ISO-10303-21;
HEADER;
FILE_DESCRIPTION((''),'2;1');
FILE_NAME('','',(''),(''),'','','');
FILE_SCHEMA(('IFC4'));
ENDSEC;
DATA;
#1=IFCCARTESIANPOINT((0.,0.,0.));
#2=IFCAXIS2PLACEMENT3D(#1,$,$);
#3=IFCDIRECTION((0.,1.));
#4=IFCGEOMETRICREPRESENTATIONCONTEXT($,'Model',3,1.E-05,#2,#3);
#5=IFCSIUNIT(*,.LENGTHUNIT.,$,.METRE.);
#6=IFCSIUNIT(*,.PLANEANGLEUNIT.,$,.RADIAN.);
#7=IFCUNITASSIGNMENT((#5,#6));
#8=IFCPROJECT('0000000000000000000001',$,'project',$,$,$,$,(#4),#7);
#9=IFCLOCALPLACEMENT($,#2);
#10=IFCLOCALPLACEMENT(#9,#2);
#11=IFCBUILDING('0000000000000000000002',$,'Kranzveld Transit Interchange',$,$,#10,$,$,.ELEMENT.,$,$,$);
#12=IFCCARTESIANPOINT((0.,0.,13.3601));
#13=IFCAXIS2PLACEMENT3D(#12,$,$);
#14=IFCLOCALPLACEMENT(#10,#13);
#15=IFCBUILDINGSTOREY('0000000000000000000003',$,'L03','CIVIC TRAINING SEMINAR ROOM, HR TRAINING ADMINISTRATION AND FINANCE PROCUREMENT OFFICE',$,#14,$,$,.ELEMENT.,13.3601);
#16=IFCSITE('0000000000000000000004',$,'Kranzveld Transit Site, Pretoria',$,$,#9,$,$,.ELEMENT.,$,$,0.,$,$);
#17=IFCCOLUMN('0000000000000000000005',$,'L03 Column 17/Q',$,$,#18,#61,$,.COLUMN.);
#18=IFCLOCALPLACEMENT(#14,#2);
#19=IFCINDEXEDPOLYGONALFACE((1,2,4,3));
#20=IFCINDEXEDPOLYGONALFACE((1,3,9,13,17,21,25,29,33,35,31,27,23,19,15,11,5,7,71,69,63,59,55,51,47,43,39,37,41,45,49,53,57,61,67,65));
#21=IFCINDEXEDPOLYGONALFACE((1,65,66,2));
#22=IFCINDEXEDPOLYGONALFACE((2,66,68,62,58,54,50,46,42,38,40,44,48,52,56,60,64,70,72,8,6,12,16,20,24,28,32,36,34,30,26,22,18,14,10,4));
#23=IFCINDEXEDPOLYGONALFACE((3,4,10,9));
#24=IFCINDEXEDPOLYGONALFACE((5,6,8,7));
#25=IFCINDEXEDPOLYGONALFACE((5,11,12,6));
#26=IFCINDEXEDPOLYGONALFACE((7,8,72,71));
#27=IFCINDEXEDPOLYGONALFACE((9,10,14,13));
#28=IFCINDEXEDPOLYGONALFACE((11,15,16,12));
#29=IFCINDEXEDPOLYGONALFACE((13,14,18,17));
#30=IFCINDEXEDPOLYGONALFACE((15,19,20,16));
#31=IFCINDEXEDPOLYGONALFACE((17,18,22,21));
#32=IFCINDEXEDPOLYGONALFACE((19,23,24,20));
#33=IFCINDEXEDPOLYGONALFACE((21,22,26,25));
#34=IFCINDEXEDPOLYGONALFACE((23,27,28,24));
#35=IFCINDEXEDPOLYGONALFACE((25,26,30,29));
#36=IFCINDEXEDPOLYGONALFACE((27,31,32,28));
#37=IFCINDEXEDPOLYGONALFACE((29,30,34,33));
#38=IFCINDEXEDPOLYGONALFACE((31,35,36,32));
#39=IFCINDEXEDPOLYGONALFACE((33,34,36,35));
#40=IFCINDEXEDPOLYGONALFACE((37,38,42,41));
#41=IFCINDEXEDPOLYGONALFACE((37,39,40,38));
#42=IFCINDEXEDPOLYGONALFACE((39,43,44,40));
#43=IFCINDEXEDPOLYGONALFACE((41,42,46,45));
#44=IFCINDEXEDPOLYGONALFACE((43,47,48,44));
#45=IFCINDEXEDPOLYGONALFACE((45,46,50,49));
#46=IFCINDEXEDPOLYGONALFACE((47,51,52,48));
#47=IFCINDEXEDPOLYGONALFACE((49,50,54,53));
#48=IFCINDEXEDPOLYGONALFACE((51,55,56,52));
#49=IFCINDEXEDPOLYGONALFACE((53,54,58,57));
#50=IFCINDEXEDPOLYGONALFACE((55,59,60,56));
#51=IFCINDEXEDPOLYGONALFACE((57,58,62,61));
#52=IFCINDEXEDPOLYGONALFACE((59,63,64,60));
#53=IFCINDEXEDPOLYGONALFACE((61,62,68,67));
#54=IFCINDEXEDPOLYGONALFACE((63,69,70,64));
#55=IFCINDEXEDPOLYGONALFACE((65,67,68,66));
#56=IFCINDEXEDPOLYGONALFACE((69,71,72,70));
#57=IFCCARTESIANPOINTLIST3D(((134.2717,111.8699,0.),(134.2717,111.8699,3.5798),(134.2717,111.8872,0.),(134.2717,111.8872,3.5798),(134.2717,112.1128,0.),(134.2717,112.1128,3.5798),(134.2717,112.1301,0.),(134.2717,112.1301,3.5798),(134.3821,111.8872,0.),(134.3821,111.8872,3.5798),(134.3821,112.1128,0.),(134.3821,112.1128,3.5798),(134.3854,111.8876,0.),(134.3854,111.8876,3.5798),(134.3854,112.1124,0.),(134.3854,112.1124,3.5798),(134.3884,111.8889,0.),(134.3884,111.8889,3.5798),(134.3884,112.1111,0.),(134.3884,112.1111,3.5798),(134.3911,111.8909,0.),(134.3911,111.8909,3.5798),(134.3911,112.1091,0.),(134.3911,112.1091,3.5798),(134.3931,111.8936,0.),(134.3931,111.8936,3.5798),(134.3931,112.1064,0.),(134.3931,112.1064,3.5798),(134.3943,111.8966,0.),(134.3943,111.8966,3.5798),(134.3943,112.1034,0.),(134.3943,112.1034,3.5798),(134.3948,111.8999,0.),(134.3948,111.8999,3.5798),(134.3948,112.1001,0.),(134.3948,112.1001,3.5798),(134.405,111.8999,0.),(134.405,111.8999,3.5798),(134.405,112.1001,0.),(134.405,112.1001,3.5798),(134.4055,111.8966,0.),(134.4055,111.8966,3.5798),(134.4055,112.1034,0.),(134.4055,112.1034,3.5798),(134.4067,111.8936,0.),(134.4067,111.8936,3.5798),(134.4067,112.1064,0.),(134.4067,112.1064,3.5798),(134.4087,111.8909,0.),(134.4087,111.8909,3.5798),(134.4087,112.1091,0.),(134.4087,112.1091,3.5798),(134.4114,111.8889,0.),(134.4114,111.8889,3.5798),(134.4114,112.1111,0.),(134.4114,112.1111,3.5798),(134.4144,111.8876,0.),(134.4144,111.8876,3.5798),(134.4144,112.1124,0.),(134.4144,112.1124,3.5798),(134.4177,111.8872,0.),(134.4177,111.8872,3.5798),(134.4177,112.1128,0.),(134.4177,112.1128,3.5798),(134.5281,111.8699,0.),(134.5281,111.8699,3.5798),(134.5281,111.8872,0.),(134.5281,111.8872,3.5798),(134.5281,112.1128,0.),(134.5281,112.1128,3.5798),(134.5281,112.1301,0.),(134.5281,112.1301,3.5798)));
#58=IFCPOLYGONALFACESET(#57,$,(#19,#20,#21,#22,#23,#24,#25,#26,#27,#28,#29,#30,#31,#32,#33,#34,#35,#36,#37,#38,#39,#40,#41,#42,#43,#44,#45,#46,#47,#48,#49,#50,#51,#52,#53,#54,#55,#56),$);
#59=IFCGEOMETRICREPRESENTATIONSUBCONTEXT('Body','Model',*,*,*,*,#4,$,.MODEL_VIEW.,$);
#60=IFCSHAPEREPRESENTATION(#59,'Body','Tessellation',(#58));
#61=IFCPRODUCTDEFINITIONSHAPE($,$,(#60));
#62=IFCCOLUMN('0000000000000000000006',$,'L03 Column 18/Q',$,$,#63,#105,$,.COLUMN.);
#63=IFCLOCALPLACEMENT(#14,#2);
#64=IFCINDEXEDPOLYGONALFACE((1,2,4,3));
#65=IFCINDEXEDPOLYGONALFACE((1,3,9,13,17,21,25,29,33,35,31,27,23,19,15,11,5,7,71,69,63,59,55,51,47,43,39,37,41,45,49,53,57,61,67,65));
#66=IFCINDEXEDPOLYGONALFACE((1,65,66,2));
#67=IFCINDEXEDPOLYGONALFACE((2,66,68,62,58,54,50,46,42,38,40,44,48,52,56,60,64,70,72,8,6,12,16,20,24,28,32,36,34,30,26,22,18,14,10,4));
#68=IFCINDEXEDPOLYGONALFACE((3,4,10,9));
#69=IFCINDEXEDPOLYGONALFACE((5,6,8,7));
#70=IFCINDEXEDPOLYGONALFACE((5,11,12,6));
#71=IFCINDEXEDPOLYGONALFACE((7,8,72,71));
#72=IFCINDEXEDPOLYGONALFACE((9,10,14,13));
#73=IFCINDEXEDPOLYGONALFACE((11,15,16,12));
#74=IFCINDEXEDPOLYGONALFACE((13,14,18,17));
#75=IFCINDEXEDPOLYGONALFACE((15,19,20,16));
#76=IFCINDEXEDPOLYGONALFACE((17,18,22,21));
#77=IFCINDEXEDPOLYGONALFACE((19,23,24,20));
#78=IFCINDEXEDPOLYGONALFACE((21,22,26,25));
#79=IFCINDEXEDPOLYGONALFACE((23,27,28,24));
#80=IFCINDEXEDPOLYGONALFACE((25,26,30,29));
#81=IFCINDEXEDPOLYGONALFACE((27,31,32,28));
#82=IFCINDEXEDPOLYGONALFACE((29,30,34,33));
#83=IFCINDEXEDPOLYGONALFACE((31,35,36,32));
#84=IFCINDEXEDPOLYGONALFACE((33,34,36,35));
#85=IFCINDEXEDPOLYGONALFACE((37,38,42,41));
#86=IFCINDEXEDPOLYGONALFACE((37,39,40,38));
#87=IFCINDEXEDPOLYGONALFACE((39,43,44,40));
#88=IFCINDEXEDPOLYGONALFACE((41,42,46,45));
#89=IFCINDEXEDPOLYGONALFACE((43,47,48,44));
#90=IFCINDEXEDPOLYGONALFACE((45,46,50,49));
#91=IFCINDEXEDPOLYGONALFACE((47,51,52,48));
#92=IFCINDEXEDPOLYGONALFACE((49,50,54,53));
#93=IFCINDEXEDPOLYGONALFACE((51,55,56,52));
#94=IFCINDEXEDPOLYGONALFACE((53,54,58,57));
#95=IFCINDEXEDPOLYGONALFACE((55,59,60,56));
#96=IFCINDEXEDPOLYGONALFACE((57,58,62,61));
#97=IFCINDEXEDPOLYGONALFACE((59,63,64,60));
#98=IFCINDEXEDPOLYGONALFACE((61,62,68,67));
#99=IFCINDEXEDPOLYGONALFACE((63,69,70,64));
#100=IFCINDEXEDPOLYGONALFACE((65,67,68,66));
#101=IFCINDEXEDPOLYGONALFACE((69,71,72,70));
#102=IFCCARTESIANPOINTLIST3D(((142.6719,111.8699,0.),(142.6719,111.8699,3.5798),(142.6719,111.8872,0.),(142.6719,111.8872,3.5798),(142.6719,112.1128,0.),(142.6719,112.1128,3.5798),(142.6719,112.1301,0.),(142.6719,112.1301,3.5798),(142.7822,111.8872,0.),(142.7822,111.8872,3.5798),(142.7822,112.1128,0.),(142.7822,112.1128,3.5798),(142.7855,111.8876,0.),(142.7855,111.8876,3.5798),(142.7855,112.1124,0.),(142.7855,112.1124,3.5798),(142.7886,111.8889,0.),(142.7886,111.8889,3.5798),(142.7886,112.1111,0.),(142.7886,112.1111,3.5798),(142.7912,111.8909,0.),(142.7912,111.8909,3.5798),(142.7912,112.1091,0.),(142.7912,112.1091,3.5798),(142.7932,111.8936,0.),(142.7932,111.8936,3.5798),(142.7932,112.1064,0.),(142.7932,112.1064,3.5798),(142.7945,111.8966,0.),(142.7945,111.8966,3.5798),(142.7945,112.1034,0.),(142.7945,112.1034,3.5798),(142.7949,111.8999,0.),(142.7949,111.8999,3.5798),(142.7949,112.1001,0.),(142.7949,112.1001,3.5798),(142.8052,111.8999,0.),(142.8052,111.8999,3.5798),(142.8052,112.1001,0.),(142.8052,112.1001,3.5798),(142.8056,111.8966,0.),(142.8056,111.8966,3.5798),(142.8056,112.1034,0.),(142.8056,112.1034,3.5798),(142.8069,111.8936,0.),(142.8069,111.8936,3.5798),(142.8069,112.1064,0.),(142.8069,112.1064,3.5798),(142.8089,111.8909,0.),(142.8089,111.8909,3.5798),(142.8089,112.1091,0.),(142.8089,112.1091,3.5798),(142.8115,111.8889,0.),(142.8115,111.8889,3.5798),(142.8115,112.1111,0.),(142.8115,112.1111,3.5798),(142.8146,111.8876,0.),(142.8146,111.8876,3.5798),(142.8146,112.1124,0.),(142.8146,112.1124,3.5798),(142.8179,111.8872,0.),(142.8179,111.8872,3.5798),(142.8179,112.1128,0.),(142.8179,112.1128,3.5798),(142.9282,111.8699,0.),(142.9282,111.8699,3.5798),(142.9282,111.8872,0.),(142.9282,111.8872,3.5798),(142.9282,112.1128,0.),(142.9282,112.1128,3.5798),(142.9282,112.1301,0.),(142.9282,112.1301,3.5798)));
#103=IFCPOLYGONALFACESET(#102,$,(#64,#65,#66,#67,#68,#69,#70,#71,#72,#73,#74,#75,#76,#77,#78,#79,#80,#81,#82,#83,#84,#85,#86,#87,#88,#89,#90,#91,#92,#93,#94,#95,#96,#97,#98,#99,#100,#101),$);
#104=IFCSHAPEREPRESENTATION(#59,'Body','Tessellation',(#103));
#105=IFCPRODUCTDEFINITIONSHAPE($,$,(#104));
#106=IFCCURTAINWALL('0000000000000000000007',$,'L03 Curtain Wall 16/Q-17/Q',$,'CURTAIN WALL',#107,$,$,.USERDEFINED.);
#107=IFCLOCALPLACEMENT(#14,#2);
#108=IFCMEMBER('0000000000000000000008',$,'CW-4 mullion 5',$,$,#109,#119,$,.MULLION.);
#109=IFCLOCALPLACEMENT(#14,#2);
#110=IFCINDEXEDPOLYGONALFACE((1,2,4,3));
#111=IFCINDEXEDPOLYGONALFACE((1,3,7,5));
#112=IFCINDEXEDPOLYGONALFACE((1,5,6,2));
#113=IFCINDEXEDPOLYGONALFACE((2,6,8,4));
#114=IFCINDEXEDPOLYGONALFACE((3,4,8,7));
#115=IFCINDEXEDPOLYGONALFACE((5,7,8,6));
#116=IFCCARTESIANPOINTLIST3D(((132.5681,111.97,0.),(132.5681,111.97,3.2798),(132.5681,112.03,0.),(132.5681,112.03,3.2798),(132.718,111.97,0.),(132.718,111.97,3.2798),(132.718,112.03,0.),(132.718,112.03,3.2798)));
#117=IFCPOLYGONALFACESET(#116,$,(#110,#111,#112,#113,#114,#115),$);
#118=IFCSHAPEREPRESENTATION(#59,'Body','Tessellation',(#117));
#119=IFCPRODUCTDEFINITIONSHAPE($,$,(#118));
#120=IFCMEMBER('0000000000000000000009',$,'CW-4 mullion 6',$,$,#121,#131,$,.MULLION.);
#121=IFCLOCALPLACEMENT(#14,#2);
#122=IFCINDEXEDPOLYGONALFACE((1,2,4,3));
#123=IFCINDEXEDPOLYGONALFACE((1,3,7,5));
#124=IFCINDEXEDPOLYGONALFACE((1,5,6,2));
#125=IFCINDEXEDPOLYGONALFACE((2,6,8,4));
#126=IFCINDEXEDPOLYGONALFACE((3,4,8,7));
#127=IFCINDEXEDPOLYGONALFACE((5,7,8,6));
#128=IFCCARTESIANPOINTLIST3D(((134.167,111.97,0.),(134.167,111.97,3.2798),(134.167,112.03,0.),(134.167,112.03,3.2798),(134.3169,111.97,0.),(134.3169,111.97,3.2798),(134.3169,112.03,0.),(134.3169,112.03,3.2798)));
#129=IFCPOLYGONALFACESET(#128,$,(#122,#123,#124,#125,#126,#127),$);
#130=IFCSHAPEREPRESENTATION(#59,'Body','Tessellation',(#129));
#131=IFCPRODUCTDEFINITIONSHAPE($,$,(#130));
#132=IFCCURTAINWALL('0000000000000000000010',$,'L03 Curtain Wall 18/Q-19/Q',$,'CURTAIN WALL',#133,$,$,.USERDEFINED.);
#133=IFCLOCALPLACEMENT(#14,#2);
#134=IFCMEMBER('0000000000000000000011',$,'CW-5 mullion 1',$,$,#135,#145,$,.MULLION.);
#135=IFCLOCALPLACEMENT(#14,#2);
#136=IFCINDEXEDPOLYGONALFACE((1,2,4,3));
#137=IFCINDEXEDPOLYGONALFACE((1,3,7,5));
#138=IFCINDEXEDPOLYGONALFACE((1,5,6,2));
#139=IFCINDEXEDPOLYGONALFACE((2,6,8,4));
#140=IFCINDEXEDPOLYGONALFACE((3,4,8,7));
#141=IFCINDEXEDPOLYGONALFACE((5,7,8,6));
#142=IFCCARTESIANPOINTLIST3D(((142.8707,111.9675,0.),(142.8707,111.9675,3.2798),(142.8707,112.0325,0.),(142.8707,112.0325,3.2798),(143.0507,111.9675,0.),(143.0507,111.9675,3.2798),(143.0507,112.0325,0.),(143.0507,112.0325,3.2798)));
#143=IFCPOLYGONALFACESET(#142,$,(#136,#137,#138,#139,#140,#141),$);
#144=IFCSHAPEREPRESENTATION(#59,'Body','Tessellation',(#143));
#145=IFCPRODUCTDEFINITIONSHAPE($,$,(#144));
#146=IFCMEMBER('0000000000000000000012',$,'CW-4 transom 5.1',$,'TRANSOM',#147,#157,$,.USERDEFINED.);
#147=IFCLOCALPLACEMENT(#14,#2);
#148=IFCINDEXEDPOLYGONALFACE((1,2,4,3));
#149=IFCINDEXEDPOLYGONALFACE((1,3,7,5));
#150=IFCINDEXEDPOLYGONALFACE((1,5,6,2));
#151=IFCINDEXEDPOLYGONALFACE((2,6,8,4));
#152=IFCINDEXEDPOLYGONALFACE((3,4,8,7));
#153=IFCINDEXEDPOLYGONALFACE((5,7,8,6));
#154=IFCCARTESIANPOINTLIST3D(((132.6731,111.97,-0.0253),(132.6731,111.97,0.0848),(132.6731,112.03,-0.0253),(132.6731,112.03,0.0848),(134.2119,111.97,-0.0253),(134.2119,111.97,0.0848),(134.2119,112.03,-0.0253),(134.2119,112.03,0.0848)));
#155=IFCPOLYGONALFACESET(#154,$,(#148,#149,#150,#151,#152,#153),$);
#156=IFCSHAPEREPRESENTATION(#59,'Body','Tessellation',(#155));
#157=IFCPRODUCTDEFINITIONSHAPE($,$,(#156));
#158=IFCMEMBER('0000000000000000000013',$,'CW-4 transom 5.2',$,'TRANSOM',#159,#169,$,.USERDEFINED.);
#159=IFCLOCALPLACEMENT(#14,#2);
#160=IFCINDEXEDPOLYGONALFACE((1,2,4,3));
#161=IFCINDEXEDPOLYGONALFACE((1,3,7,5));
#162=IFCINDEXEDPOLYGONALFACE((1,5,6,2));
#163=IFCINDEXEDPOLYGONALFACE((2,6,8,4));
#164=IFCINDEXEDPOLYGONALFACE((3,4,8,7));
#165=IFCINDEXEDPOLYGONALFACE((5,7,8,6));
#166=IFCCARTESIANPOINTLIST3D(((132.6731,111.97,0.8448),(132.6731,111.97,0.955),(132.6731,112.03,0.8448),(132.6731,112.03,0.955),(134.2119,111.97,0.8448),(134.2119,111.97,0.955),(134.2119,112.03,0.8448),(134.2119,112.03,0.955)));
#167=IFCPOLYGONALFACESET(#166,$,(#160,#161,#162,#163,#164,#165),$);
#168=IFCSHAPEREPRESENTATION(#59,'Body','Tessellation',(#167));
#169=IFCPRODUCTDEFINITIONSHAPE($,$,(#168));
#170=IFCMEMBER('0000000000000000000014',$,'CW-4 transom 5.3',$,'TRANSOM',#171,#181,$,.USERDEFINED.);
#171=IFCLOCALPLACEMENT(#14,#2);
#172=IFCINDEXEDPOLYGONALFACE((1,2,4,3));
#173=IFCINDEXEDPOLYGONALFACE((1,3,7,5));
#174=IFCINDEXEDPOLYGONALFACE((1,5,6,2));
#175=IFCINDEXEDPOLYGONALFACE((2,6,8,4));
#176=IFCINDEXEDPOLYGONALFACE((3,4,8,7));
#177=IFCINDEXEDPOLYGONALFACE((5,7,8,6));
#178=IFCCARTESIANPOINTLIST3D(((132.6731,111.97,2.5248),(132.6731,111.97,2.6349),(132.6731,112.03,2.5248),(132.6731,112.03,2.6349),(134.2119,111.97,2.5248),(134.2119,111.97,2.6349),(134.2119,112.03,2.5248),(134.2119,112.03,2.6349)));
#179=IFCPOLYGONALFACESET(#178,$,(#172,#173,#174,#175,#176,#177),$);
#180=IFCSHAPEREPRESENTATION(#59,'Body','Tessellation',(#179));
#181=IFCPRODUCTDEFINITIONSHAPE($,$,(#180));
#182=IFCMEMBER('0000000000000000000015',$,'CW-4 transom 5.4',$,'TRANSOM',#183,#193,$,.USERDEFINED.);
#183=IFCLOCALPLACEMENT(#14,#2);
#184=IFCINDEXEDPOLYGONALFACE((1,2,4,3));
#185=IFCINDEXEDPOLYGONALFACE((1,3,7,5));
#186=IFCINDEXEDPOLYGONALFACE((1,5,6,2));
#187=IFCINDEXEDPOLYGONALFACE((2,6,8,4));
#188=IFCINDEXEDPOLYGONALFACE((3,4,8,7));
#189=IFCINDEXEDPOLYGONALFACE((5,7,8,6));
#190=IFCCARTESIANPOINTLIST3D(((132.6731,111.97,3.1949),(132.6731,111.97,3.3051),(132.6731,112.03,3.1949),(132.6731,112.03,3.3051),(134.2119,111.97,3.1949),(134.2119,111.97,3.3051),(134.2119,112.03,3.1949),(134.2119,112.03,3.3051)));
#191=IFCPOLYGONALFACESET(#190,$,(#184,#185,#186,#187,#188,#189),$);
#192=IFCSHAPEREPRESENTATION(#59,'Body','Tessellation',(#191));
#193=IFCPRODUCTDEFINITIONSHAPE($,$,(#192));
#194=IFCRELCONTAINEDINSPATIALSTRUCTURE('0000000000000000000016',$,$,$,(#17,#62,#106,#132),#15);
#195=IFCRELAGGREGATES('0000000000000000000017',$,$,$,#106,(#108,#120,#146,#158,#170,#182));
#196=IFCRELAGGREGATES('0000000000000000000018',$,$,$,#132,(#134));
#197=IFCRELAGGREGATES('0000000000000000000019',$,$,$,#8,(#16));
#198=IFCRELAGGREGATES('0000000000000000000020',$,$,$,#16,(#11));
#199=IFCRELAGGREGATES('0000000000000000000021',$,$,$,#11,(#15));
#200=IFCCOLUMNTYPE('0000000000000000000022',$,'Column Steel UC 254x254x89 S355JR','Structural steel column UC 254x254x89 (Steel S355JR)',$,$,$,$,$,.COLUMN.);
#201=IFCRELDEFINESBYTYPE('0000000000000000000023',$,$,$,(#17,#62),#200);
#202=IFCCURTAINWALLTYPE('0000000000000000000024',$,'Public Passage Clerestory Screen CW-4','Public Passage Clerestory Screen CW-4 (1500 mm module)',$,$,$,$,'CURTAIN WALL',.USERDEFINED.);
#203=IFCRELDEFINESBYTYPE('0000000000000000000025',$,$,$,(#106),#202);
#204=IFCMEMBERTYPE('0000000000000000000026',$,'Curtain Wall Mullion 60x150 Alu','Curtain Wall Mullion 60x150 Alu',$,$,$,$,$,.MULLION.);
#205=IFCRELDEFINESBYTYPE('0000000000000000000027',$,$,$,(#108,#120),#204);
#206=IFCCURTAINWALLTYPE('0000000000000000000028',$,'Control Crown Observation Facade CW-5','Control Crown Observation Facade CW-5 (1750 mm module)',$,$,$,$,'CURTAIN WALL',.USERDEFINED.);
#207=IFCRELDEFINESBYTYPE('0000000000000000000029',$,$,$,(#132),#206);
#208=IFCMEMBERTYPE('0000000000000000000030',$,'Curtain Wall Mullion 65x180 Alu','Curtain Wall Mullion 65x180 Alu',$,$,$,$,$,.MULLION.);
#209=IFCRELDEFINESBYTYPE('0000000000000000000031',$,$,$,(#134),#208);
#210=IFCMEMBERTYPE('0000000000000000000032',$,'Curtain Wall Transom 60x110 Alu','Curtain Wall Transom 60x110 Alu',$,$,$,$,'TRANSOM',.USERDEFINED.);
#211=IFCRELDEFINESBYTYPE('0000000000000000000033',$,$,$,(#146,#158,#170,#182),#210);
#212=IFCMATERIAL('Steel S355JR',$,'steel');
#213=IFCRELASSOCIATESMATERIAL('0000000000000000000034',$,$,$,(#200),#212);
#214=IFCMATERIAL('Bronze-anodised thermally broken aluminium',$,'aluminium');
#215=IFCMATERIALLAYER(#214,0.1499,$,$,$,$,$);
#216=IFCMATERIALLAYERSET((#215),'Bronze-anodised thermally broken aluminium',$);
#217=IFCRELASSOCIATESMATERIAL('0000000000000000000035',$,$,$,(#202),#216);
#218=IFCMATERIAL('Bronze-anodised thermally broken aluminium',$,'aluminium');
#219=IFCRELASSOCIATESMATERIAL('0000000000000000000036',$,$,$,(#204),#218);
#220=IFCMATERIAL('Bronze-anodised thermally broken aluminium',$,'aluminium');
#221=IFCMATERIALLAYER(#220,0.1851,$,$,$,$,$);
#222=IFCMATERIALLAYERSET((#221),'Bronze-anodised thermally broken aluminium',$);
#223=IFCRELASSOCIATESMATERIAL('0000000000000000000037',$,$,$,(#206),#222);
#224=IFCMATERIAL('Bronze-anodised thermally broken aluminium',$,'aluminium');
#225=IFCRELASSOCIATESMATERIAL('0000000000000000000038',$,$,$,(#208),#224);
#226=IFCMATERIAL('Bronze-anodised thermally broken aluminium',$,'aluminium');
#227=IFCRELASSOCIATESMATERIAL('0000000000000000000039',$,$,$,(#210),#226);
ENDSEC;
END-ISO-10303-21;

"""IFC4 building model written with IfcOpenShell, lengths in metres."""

from ifc_helpers import new_model, si_unit, direction, frame, origin, origin_2d, place, context, subcontext, project, spatial, rectangle, i_section, extrude, material, layer, layer_set, material_profile, profile_set, type_object, element, aggregate, save


model = new_model("IFC4")

# Units and contexts
model_context = context("Model", 3, precision=1e-05, world=origin(), true_north=direction((0.0, 1.0)))
body_context = subcontext(model_context, "Body", "Model", "MODEL_VIEW")
ifc_project = project(units=[si_unit("LENGTHUNIT", "METRE"), si_unit("PLANEANGLEUNIT", "RADIAN")], contexts=[model_context])

# Site, building, storey
site_placement = place(None, origin())
site = spatial("IfcSite", under=ifc_project, at=site_placement, Name="Kranzveld Transit Site, Pretoria", CompositionType="ELEMENT", RefElevation=0.0)
building_placement = place(site_placement, origin())
building = spatial("IfcBuilding", under=site, at=building_placement, Name="Kranzveld Transit Interchange", CompositionType="ELEMENT")
storey_placement = place(building_placement, frame((0.0, 0.0, 13.3601)))
storey = spatial("IfcBuildingStorey", under=building, at=storey_placement, Name="L03", Description="CIVIC TRAINING SEMINAR ROOM, HR TRAINING ADMINISTRATION AND FINANCE PROCUREMENT OFFICE", CompositionType="ELEMENT", Elevation=13.3601)

# Columns
ifc_material_1 = material(Name="Steel S355JR", Category="steel")
ifc_material_profile_1 = material_profile(ifc_material_1, i_section(OverallWidth=0.2563, OverallDepth=0.2603, WebThickness=0.0103, FlangeThickness=0.0173, FilletRadius=0.0127, at=origin_2d()), Name="UC 254x254x89")
ifc_profile_set_1 = profile_set([ifc_material_profile_1], Name="Steel S355JR")
column_type = type_object("IfcColumnType", Name="Column Steel UC 254x254x89 S355JR", Description="Structural steel column UC 254x254x89 (Steel S355JR)", PredefinedType="COLUMN", material=ifc_profile_set_1)
for number, where, z_axis, x_axis, name in (
    (1, (134.3999, 112.0, 0.0), (0.0, 0.0, 1.0), (1.0, 0.0, 0.0), "L03 Column 17/Q"),
    (2, (142.8, 112.0, 0.0), (0.0, 0.0, 1.0), (1.0, 0.0, 0.0), "L03 Column 18/Q"),
):
    element("IfcColumn", number, at=place(storey_placement, frame(where, z_axis=z_axis, x_axis=x_axis)), inside=storey, type_object=column_type, Name=name, PredefinedType="COLUMN", context=body_context, shape_type="SweptSolid", body=[
        extrude(i_section(OverallWidth=0.2563, OverallDepth=0.2603, WebThickness=0.0103, FlangeThickness=0.0173, FilletRadius=0.0127, at=origin_2d()), origin(), (0.0, 0.0, 1.0), 3.5798),
    ])

# Curtain wall, members
ifc_material_2 = material(Name="Bronze-anodised thermally broken aluminium", Category="aluminium")
ifc_layer_1 = layer(ifc_material_2, 0.1499)
ifc_layer_set_1 = layer_set([ifc_layer_1], Name="Bronze-anodised thermally broken aluminium")
curtain_wall_type_1 = type_object("IfcCurtainWallType", Name="Public Passage Clerestory Screen CW-4", Description="Public Passage Clerestory Screen CW-4 (1500 mm module)", ElementType="CURTAIN WALL", PredefinedType="USERDEFINED", material=ifc_layer_set_1)
curtain_wall_1_placement = place(storey_placement, origin())
curtain_wall_1 = element("IfcCurtainWall", 3, at=curtain_wall_1_placement, inside=storey, type_object=curtain_wall_type_1, Name="L03 Curtain Wall 16/Q-17/Q", ObjectType="CURTAIN WALL", PredefinedType="USERDEFINED")
ifc_material_3 = material(Name="Bronze-anodised thermally broken aluminium", Category="aluminium")
ifc_material_profile_2 = material_profile(ifc_material_3, rectangle(XDim=0.0601, YDim=0.1499, at=origin_2d()), Name="ALU MULLION 60x150")
ifc_profile_set_2 = profile_set([ifc_material_profile_2], Name="Bronze-anodised thermally broken aluminium")
member_type_1 = type_object("IfcMemberType", Name="Curtain Wall Mullion 60x150 Alu", Description="Curtain Wall Mullion 60x150 Alu", PredefinedType="MULLION", material=ifc_profile_set_2)
member_1_placement = place(storey_placement, frame((132.6431, 112.0, 0.0), z_axis=(0.0, 0.0, 1.0), x_axis=(0.0, 1.0, 0.0)))
member_1 = element("IfcMember", 4, at=member_1_placement, type_object=member_type_1, Name="CW-4 mullion 5", PredefinedType="MULLION", context=body_context, shape_type="SweptSolid", body=[
    extrude(rectangle(XDim=0.0601, YDim=0.1499, at=origin_2d()), origin(), (0.0, 0.0, 1.0), 3.2798),
])
member_2_placement = place(storey_placement, frame((134.2419, 112.0, 0.0), z_axis=(0.0, 0.0, 1.0), x_axis=(0.0, 1.0, 0.0)))
member_2 = element("IfcMember", 5, at=member_2_placement, type_object=member_type_1, Name="CW-4 mullion 6", PredefinedType="MULLION", context=body_context, shape_type="SweptSolid", body=[
    extrude(rectangle(XDim=0.0601, YDim=0.1499, at=origin_2d()), origin(), (0.0, 0.0, 1.0), 3.2798),
])

# Curtain wall, member
ifc_material_4 = material(Name="Bronze-anodised thermally broken aluminium", Category="aluminium")
ifc_layer_2 = layer(ifc_material_4, 0.1851)
ifc_layer_set_2 = layer_set([ifc_layer_2], Name="Bronze-anodised thermally broken aluminium")
curtain_wall_type_2 = type_object("IfcCurtainWallType", Name="Control Crown Observation Facade CW-5", Description="Control Crown Observation Facade CW-5 (1750 mm module)", ElementType="CURTAIN WALL", PredefinedType="USERDEFINED", material=ifc_layer_set_2)
curtain_wall_2_placement = place(storey_placement, origin())
curtain_wall_2 = element("IfcCurtainWall", 6, at=curtain_wall_2_placement, inside=storey, type_object=curtain_wall_type_2, Name="L03 Curtain Wall 18/Q-19/Q", ObjectType="CURTAIN WALL", PredefinedType="USERDEFINED")
ifc_material_5 = material(Name="Bronze-anodised thermally broken aluminium", Category="aluminium")
ifc_material_profile_3 = material_profile(ifc_material_5, rectangle(XDim=0.0649, YDim=0.1799, at=origin_2d()), Name="ALU MULLION 65x180")
ifc_profile_set_3 = profile_set([ifc_material_profile_3], Name="Bronze-anodised thermally broken aluminium")
member_type_2 = type_object("IfcMemberType", Name="Curtain Wall Mullion 65x180 Alu", Description="Curtain Wall Mullion 65x180 Alu", PredefinedType="MULLION", material=ifc_profile_set_3)
member_3_placement = place(storey_placement, frame((142.9607, 112.0, 0.0), z_axis=(0.0, 0.0, 1.0), x_axis=(0.0, 1.0, 0.0)))
member_3 = element("IfcMember", 7, at=member_3_placement, type_object=member_type_2, Name="CW-5 mullion 1", PredefinedType="MULLION", context=body_context, shape_type="SweptSolid", body=[
    extrude(rectangle(XDim=0.0649, YDim=0.1799, at=origin_2d()), origin(), (0.0, 0.0, 1.0), 3.2798),
])

# Members
ifc_material_6 = material(Name="Bronze-anodised thermally broken aluminium", Category="aluminium")
ifc_material_profile_4 = material_profile(ifc_material_6, rectangle(XDim=0.0601, YDim=0.1101, at=origin_2d()), Name="ALU TRANSOM 60x110")
ifc_profile_set_4 = profile_set([ifc_material_profile_4], Name="Bronze-anodised thermally broken aluminium")
member_type_3 = type_object("IfcMemberType", Name="Curtain Wall Transom 60x110 Alu", Description="Curtain Wall Transom 60x110 Alu", ElementType="TRANSOM", PredefinedType="USERDEFINED", material=ifc_profile_set_4)
member_4_placement = place(storey_placement, frame((132.6731, 112.0, 0.0298), z_axis=(1.0, 0.0, 0.0), x_axis=(0.0, 1.0, 0.0)))
member_4 = element("IfcMember", 8, at=member_4_placement, type_object=member_type_3, Name="CW-4 transom 5.1", ObjectType="TRANSOM", PredefinedType="USERDEFINED", context=body_context, shape_type="SweptSolid", body=[
    extrude(rectangle(XDim=0.0601, YDim=0.1101, at=origin_2d()), origin(), (0.0, 0.0, 1.0), 1.5388),
])
member_5_placement = place(storey_placement, frame((132.6731, 112.0, 0.8999), z_axis=(1.0, 0.0, 0.0), x_axis=(0.0, 1.0, 0.0)))
member_5 = element("IfcMember", 9, at=member_5_placement, type_object=member_type_3, Name="CW-4 transom 5.2", ObjectType="TRANSOM", PredefinedType="USERDEFINED", context=body_context, shape_type="SweptSolid", body=[
    extrude(rectangle(XDim=0.0601, YDim=0.1101, at=origin_2d()), origin(), (0.0, 0.0, 1.0), 1.5388),
])
member_6_placement = place(storey_placement, frame((132.6731, 112.0, 2.5798), z_axis=(1.0, 0.0, 0.0), x_axis=(0.0, 1.0, 0.0)))
member_6 = element("IfcMember", 10, at=member_6_placement, type_object=member_type_3, Name="CW-4 transom 5.3", ObjectType="TRANSOM", PredefinedType="USERDEFINED", context=body_context, shape_type="SweptSolid", body=[
    extrude(rectangle(XDim=0.0601, YDim=0.1101, at=origin_2d()), origin(), (0.0, 0.0, 1.0), 1.5388),
])
member_7_placement = place(storey_placement, frame((132.6731, 112.0, 3.25), z_axis=(1.0, 0.0, 0.0), x_axis=(0.0, 1.0, 0.0)))
member_7 = element("IfcMember", 11, at=member_7_placement, type_object=member_type_3, Name="CW-4 transom 5.4", ObjectType="TRANSOM", PredefinedType="USERDEFINED", context=body_context, shape_type="SweptSolid", body=[
    extrude(rectangle(XDim=0.0601, YDim=0.1101, at=origin_2d()), origin(), (0.0, 0.0, 1.0), 1.5388),
])

aggregate(curtain_wall_1, [member_1, member_2, member_4, member_5, member_6, member_7])
aggregate(curtain_wall_2, [member_3])

save(model, "model.ifc")
